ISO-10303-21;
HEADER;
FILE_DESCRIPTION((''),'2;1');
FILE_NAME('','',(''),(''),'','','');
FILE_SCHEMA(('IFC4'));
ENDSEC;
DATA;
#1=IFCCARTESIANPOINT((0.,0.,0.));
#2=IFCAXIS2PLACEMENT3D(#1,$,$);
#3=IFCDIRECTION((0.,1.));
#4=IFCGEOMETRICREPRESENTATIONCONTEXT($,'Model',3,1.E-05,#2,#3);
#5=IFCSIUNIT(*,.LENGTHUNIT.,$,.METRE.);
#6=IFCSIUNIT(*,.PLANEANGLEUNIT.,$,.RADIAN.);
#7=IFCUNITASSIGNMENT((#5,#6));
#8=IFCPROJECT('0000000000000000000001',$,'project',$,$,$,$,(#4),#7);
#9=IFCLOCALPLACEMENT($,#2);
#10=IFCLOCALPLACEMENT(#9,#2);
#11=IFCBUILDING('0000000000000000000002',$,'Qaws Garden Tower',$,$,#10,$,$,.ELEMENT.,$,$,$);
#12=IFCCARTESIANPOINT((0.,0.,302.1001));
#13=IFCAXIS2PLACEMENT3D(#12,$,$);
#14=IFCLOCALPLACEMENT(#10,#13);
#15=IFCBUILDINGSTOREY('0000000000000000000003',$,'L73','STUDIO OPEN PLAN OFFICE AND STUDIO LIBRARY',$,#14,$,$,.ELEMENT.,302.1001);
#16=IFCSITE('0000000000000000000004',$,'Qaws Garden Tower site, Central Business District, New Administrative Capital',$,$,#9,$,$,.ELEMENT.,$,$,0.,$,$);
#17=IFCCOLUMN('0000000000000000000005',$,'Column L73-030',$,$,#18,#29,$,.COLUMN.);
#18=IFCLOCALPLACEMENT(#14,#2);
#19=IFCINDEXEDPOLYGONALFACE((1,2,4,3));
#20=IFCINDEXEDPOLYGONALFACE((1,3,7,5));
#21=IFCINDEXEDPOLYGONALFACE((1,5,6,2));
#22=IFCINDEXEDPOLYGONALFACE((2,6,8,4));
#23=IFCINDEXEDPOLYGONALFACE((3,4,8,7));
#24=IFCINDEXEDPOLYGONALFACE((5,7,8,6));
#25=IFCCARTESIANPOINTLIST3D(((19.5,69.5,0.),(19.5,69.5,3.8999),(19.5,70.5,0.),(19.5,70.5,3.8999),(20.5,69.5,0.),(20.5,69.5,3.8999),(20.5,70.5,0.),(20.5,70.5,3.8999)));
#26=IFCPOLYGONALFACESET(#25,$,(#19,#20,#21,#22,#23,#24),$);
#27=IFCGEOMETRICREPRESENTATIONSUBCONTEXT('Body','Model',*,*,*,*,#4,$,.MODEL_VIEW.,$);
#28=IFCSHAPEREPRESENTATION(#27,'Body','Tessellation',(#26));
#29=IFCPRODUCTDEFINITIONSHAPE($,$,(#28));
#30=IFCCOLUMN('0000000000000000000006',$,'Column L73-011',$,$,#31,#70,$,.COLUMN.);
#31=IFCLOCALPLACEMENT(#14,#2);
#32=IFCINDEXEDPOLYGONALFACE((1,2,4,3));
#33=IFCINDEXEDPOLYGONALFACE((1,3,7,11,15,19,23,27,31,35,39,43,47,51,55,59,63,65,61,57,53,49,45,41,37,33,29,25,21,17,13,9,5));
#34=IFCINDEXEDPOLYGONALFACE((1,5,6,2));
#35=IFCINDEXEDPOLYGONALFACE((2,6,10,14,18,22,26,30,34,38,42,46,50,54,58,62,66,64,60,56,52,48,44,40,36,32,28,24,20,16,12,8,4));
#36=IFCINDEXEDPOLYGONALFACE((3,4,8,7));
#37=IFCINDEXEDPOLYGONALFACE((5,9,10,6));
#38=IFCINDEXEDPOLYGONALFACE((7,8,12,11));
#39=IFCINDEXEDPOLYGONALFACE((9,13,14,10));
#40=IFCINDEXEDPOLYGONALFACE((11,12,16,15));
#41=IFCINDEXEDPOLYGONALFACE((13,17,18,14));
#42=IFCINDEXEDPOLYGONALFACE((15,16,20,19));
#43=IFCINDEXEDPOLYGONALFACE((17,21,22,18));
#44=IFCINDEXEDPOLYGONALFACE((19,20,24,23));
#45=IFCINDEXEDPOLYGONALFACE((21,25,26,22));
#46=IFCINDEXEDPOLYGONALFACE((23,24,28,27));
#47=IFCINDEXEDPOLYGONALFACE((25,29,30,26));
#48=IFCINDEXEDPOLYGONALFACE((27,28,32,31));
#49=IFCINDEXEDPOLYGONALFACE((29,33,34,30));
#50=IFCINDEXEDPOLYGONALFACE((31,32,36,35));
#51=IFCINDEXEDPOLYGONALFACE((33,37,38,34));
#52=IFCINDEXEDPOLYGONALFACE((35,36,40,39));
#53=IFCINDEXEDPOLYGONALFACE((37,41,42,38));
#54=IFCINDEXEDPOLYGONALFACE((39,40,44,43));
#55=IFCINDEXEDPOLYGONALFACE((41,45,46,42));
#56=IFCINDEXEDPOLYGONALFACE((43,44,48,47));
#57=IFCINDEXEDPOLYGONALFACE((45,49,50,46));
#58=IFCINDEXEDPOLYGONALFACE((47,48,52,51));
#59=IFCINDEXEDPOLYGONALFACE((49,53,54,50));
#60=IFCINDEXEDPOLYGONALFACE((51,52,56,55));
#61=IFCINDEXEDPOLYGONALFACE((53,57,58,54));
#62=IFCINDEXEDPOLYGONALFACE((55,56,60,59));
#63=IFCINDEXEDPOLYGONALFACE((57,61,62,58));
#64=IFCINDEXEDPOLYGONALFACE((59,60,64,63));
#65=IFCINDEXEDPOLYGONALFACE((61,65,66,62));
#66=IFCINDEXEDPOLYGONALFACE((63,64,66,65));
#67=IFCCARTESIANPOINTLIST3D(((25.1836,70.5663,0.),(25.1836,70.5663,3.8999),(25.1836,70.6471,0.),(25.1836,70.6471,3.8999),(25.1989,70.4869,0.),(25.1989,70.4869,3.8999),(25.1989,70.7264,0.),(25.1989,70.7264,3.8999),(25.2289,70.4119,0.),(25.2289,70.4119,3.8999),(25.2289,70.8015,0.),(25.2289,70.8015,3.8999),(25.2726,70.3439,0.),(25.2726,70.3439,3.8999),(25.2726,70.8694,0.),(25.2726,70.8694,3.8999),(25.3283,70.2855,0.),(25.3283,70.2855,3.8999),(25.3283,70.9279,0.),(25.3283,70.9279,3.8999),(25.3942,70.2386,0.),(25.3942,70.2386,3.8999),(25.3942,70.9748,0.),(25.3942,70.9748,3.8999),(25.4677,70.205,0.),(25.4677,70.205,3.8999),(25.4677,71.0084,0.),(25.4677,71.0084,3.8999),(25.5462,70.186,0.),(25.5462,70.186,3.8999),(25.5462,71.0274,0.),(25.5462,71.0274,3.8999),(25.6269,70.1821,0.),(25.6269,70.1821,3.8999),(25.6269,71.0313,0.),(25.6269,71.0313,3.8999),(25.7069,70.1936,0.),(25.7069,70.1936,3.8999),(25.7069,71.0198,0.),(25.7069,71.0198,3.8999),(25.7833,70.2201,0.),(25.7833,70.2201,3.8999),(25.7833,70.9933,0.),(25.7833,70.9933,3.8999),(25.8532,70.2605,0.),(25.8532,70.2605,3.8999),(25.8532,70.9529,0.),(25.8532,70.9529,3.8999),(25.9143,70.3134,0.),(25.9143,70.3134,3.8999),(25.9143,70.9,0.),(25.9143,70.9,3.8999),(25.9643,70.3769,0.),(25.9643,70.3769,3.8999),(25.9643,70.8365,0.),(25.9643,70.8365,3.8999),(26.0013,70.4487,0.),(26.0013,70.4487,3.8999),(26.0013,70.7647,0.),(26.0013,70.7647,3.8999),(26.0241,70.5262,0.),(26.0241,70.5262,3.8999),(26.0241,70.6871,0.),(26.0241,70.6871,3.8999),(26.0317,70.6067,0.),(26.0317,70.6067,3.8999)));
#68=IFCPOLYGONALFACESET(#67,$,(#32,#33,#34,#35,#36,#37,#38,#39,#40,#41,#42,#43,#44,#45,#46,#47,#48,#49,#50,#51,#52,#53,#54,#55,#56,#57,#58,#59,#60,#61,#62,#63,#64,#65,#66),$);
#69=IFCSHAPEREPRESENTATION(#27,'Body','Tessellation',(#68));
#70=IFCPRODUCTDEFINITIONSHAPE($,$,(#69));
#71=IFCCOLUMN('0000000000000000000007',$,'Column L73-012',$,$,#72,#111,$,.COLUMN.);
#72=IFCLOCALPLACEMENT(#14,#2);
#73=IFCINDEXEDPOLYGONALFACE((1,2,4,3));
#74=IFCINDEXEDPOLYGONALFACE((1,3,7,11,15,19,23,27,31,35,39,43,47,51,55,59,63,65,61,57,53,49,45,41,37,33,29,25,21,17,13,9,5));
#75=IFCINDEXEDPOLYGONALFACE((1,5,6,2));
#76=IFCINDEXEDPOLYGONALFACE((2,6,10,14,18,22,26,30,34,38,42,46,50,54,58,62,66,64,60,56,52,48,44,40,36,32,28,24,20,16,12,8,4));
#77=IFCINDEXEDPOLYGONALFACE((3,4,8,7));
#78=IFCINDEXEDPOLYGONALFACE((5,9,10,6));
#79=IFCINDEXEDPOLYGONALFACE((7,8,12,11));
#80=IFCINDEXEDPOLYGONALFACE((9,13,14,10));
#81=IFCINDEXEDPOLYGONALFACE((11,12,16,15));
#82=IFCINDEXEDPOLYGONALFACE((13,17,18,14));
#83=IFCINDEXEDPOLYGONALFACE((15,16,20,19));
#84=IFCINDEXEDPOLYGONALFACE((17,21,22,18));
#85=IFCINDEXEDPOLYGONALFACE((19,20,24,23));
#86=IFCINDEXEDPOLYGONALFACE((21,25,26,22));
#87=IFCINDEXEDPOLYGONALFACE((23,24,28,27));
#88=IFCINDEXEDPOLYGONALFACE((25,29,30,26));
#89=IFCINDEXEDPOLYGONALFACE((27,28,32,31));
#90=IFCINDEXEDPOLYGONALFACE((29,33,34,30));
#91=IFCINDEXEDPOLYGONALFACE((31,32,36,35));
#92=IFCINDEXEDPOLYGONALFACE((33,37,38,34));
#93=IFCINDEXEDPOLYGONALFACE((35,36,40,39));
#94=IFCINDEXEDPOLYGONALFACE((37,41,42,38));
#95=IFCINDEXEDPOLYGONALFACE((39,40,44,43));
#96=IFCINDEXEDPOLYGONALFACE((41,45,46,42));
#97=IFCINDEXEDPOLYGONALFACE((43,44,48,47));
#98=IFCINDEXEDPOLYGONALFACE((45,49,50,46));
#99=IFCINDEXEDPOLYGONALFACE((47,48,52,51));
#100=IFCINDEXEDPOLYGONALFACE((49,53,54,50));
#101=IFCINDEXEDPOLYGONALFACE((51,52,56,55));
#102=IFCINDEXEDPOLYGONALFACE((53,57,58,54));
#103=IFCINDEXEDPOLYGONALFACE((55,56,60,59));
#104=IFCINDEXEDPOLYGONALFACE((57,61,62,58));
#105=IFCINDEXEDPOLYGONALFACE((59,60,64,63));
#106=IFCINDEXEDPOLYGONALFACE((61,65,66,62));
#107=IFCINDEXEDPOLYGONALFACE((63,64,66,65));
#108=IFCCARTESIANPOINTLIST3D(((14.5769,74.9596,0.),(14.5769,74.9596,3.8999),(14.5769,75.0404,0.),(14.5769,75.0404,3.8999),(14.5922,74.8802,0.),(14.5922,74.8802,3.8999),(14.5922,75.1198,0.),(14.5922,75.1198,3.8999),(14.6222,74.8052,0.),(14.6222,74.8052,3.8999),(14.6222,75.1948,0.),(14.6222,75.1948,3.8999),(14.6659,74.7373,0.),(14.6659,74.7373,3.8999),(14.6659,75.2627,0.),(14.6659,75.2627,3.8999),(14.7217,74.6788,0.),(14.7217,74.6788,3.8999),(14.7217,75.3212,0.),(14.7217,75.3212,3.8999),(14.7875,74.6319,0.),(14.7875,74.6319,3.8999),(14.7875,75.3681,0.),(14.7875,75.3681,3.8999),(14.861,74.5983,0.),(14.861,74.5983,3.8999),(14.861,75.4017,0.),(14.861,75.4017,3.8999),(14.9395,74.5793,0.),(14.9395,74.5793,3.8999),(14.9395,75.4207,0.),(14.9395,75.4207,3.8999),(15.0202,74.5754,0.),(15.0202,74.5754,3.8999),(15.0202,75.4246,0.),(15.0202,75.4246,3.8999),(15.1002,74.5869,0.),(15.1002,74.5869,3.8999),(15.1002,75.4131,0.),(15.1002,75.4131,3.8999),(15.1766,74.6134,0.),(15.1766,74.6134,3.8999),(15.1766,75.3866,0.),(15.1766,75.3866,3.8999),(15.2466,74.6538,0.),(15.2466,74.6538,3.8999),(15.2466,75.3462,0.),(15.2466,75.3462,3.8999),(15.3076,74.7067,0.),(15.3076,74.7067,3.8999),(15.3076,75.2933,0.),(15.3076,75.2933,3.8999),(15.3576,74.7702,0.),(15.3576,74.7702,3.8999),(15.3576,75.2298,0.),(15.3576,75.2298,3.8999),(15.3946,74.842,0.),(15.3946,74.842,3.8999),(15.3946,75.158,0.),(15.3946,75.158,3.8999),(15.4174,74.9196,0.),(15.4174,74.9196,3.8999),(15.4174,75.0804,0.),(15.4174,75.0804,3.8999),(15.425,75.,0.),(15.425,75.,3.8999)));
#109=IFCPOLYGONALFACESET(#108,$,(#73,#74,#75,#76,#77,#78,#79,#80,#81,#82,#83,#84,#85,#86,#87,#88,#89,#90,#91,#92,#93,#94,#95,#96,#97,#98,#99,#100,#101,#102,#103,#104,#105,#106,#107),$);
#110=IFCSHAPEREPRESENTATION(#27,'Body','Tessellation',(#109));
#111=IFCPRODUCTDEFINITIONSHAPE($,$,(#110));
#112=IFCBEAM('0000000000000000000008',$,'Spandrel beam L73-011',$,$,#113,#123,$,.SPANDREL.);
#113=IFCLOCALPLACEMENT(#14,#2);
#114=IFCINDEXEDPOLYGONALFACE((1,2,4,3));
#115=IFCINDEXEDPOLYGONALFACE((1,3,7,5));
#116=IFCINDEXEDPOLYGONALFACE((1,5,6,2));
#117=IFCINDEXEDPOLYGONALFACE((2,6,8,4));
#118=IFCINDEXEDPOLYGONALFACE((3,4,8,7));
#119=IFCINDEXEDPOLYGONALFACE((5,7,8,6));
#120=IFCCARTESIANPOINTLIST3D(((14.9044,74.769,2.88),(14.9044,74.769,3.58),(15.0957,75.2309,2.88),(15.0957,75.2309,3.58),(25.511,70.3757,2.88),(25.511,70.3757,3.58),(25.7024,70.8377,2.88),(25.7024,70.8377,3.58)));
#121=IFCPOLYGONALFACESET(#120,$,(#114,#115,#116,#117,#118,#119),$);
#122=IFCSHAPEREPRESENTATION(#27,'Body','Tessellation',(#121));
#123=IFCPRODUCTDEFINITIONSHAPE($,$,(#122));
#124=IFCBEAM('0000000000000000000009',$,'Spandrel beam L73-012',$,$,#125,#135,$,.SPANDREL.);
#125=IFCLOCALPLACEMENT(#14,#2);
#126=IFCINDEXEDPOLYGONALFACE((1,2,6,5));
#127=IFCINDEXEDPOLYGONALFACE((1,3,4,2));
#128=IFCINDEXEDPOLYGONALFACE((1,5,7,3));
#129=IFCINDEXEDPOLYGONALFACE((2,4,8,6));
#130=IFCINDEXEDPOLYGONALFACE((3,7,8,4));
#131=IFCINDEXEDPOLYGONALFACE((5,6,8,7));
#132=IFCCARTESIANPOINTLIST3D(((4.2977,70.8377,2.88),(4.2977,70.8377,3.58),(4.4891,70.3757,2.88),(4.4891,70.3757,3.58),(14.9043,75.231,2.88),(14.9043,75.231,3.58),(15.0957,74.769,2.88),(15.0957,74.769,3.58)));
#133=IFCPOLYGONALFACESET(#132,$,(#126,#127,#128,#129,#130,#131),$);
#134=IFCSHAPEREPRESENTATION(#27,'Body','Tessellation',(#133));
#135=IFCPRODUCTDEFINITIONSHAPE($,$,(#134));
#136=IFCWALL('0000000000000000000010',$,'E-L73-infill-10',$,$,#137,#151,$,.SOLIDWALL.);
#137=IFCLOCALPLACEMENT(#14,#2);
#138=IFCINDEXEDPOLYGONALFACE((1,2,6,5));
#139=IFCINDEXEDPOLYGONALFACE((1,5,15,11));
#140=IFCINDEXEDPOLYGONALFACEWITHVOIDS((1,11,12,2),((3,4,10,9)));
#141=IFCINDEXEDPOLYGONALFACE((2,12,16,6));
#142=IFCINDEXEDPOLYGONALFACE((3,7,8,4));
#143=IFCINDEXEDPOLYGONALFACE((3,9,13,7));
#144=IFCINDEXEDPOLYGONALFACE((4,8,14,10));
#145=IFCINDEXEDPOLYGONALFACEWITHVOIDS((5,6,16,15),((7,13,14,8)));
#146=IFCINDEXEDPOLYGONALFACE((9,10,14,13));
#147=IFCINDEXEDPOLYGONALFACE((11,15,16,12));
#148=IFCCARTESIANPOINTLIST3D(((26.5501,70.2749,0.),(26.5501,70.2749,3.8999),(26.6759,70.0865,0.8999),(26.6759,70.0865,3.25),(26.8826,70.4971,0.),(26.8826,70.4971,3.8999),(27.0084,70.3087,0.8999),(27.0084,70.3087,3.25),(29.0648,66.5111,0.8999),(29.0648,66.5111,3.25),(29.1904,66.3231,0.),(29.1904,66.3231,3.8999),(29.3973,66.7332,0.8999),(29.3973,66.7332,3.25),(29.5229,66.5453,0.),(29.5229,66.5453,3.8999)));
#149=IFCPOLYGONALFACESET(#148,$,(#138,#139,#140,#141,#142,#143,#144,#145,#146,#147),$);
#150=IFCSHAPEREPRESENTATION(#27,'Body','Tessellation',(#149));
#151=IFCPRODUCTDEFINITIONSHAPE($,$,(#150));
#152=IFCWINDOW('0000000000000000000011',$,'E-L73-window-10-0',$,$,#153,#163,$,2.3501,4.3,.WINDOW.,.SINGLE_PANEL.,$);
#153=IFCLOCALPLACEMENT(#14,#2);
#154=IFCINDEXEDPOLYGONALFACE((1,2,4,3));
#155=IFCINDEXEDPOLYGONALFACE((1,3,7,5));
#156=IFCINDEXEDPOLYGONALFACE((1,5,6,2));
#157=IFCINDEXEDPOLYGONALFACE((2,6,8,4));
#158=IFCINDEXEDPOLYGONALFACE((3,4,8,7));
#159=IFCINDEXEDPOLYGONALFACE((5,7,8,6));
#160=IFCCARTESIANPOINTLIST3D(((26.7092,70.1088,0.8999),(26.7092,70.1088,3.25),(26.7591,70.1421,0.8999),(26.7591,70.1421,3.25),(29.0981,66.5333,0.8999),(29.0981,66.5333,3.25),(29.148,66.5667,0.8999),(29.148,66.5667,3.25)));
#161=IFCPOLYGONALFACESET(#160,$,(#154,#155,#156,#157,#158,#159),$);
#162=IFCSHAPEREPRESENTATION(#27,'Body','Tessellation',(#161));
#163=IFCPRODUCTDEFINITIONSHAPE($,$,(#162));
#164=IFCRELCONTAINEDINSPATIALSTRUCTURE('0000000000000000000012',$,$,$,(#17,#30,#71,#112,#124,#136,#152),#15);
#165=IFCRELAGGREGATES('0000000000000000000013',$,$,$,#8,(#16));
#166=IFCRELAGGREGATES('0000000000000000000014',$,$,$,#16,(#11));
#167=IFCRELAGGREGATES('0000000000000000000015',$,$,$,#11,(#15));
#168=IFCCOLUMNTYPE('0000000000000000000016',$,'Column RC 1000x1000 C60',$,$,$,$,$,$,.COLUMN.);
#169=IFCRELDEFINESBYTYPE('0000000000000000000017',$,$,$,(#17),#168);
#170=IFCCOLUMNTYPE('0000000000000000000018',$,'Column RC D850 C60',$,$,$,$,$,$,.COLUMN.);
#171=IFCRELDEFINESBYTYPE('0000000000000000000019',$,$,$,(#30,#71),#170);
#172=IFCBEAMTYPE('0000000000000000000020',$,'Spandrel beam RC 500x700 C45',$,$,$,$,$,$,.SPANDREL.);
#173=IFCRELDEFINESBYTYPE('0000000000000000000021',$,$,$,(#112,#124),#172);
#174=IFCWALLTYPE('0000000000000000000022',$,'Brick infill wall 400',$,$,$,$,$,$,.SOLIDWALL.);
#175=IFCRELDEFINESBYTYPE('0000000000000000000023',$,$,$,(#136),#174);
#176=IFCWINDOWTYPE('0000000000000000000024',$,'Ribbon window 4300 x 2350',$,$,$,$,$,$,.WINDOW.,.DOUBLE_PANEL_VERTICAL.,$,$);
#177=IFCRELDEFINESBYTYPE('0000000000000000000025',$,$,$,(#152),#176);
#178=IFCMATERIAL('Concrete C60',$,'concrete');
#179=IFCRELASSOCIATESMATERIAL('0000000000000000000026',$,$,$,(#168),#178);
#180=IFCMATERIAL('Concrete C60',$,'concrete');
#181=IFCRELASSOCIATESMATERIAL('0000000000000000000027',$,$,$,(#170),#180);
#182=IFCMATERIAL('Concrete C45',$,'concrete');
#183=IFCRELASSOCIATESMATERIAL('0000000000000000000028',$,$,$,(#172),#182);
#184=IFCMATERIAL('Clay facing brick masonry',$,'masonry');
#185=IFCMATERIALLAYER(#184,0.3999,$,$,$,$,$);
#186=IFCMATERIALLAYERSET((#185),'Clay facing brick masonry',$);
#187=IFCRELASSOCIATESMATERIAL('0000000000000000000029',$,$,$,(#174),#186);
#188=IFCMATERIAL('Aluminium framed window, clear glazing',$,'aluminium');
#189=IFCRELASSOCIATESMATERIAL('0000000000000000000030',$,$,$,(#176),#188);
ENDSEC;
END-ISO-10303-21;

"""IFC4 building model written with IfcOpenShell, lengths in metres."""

from ifc_helpers import new_model, si_unit, direction, frame, frame_2d, origin, origin_2d, place, context, subcontext, project, spatial, rectangle, circle, extrude, material, layer, layer_set, material_profile, profile_set, type_object, element, fill, save


model = new_model("IFC4")

# Units and contexts
model_context = context("Model", 3, precision=1e-05, world=origin(), true_north=direction((0.0, 1.0)))
body_context = subcontext(model_context, "Body", "Model", "MODEL_VIEW")
ifc_project = project(units=[si_unit("LENGTHUNIT", "METRE"), si_unit("PLANEANGLEUNIT", "RADIAN")], contexts=[model_context])

# Site, building, storey
site_placement = place(None, origin())
site = spatial("IfcSite", under=ifc_project, at=site_placement, Name="Qaws Garden Tower site, Central Business District, New Administrative Capital", CompositionType="ELEMENT", RefElevation=0.0)
building_placement = place(site_placement, origin())
building = spatial("IfcBuilding", under=site, at=building_placement, Name="Qaws Garden Tower", CompositionType="ELEMENT")
storey_placement = place(building_placement, frame((0.0, 0.0, 302.1001)))
storey = spatial("IfcBuildingStorey", under=building, at=storey_placement, Name="L73", Description="STUDIO OPEN PLAN OFFICE AND STUDIO LIBRARY", CompositionType="ELEMENT", Elevation=302.1001)

# Columns
ifc_material_1 = material(Name="Concrete C60", Category="concrete")
ifc_material_profile_1 = material_profile(ifc_material_1, rectangle(XDim=1.0, YDim=1.0, at=origin_2d()), Name="RC 1000x1000")
ifc_profile_set_1 = profile_set([ifc_material_profile_1], Name="Concrete C60")
column_type_1 = type_object("IfcColumnType", Name="Column RC 1000x1000 C60", PredefinedType="COLUMN", material=ifc_profile_set_1)
column_placement = place(storey_placement, frame((20.0, 70.0, 0.0), z_axis=(0.0, 0.0, 1.0), x_axis=(1.0, 0.0, 0.0)))
element("IfcColumn", 1, at=column_placement, inside=storey, type_object=column_type_1, Name="Column L73-030", PredefinedType="COLUMN", context=body_context, shape_type="SweptSolid", body=[
    extrude(rectangle(XDim=1.0, YDim=1.0, at=origin_2d()), origin(), (0.0, 0.0, 1.0), 3.8999),
])
ifc_material_2 = material(Name="Concrete C60", Category="concrete")
ifc_material_profile_2 = material_profile(ifc_material_2, circle(Radius=0.425, at=origin_2d()), Name="RC D850")
ifc_profile_set_2 = profile_set([ifc_material_profile_2], Name="Concrete C60")
column_type_2 = type_object("IfcColumnType", Name="Column RC D850 C60", PredefinedType="COLUMN", material=ifc_profile_set_2)
for number, where, z_axis, x_axis, name in (
    (2, (25.6067, 70.6067, 0.0), (0.0, 0.0, 1.0), (1.0, 0.0, 0.0), "Column L73-011"),
    (3, (15.0, 75.0, 0.0), (0.0, 0.0, 1.0), (1.0, 0.0, 0.0), "Column L73-012"),
):
    element("IfcColumn", number, at=place(storey_placement, frame(where, z_axis=z_axis, x_axis=x_axis)), inside=storey, type_object=column_type_2, Name=name, PredefinedType="COLUMN", context=body_context, shape_type="SweptSolid", body=[
        extrude(circle(Radius=0.425, at=origin_2d()), origin(), (0.0, 0.0, 1.0), 3.8999),
    ])

# Beams
ifc_material_3 = material(Name="Concrete C45", Category="concrete")
ifc_material_profile_3 = material_profile(ifc_material_3, rectangle(XDim=0.5, YDim=0.7, at=origin_2d()), Name="RC 500x700")
ifc_profile_set_3 = profile_set([ifc_material_profile_3], Name="Concrete C45")
beam_type = type_object("IfcBeamType", Name="Spandrel beam RC 500x700 C45", PredefinedType="SPANDREL", material=ifc_profile_set_3)
for number, where, z_axis, x_axis, name in (
    (4, (25.6067, 70.6067, 3.23), (-0.923883, 0.382674, 0.0), (-0.382674, -0.923883, 0.0), "Spandrel beam L73-011"),
    (5, (15.0, 75.0, 3.23), (-0.923883, -0.382674, 0.0), (0.382674, -0.923883, 0.0), "Spandrel beam L73-012"),
):
    element("IfcBeam", number, at=place(storey_placement, frame(where, z_axis=z_axis, x_axis=x_axis)), inside=storey, type_object=beam_type, Name=name, PredefinedType="SPANDREL", context=body_context, shape_type="SweptSolid", body=[
        extrude(rectangle(XDim=0.5, YDim=0.7, at=origin_2d()), origin(), (0.0, 0.0, 1.0), 11.4805),
    ])

# Wall, opening, window
ifc_material_4 = material(Name="Clay facing brick masonry", Category="masonry")
ifc_layer_1 = layer(ifc_material_4, 0.3999)
ifc_layer_set_1 = layer_set([ifc_layer_1], Name="Clay facing brick masonry")
wall_type_1 = type_object("IfcWallType", Name="Brick infill wall 400", PredefinedType="SOLIDWALL", material=ifc_layer_set_1)
wall_1_placement = place(storey_placement, frame((29.3567, 66.4341, 0.0), z_axis=(0.0, 0.0, 1.0), x_axis=(-0.555542, 0.831489, 0.0)))
wall_1 = element("IfcWall", 6, at=wall_1_placement, inside=storey, type_object=wall_type_1, Name="E-L73-infill-10", PredefinedType="SOLIDWALL", context=body_context, shape_type="SweptSolid", body=[
    extrude(rectangle(XDim=4.7527, YDim=0.3999, at=frame_2d((2.3765, 0.0))), origin(), (0.0, 0.0, 1.0), 3.8999),
])
opening_1_placement = place(wall_1_placement, frame((0.2263, 0.0, 0.8999)))
opening_1 = element("IfcOpeningElement", 7, at=opening_1_placement, cuts=wall_1, PredefinedType="OPENING", context=body_context, shape_type="SweptSolid", body=[
    extrude(rectangle(XDim=4.3, YDim=2.3501, at=frame_2d((2.1499, 1.175))), frame((0.0, 0.21, 0.0), z_axis=(0.0, -1.0, 0.0), x_axis=(1.0, 0.0, 0.0)), (0.0, 0.0, 1.0), 0.4199),
])
ifc_material_5 = material(Name="Aluminium framed window, clear glazing", Category="aluminium")
window_type = type_object("IfcWindowType", Name="Ribbon window 4300 x 2350", PartitioningType="DOUBLE_PANEL_VERTICAL", PredefinedType="WINDOW", material=ifc_material_5)
window_1_placement = place(opening_1_placement, origin())
window_1 = element("IfcWindow", 8, at=window_1_placement, inside=storey, type_object=window_type, Name="E-L73-window-10-0", OverallHeight=2.3501, OverallWidth=4.3, PartitioningType="SINGLE_PANEL", PredefinedType="WINDOW", context=body_context, shape_type="SweptSolid", body=[
    extrude(rectangle(XDim=4.3, YDim=2.3501, at=frame_2d((2.1499, 1.175))), frame((0.0, 0.1599, 0.0), z_axis=(0.0, -1.0, 0.0), x_axis=(1.0, 0.0, 0.0)), (0.0, 0.0, 1.0), 0.0601),
])
fill(opening_1, window_1)

save(model, "model.ifc")
